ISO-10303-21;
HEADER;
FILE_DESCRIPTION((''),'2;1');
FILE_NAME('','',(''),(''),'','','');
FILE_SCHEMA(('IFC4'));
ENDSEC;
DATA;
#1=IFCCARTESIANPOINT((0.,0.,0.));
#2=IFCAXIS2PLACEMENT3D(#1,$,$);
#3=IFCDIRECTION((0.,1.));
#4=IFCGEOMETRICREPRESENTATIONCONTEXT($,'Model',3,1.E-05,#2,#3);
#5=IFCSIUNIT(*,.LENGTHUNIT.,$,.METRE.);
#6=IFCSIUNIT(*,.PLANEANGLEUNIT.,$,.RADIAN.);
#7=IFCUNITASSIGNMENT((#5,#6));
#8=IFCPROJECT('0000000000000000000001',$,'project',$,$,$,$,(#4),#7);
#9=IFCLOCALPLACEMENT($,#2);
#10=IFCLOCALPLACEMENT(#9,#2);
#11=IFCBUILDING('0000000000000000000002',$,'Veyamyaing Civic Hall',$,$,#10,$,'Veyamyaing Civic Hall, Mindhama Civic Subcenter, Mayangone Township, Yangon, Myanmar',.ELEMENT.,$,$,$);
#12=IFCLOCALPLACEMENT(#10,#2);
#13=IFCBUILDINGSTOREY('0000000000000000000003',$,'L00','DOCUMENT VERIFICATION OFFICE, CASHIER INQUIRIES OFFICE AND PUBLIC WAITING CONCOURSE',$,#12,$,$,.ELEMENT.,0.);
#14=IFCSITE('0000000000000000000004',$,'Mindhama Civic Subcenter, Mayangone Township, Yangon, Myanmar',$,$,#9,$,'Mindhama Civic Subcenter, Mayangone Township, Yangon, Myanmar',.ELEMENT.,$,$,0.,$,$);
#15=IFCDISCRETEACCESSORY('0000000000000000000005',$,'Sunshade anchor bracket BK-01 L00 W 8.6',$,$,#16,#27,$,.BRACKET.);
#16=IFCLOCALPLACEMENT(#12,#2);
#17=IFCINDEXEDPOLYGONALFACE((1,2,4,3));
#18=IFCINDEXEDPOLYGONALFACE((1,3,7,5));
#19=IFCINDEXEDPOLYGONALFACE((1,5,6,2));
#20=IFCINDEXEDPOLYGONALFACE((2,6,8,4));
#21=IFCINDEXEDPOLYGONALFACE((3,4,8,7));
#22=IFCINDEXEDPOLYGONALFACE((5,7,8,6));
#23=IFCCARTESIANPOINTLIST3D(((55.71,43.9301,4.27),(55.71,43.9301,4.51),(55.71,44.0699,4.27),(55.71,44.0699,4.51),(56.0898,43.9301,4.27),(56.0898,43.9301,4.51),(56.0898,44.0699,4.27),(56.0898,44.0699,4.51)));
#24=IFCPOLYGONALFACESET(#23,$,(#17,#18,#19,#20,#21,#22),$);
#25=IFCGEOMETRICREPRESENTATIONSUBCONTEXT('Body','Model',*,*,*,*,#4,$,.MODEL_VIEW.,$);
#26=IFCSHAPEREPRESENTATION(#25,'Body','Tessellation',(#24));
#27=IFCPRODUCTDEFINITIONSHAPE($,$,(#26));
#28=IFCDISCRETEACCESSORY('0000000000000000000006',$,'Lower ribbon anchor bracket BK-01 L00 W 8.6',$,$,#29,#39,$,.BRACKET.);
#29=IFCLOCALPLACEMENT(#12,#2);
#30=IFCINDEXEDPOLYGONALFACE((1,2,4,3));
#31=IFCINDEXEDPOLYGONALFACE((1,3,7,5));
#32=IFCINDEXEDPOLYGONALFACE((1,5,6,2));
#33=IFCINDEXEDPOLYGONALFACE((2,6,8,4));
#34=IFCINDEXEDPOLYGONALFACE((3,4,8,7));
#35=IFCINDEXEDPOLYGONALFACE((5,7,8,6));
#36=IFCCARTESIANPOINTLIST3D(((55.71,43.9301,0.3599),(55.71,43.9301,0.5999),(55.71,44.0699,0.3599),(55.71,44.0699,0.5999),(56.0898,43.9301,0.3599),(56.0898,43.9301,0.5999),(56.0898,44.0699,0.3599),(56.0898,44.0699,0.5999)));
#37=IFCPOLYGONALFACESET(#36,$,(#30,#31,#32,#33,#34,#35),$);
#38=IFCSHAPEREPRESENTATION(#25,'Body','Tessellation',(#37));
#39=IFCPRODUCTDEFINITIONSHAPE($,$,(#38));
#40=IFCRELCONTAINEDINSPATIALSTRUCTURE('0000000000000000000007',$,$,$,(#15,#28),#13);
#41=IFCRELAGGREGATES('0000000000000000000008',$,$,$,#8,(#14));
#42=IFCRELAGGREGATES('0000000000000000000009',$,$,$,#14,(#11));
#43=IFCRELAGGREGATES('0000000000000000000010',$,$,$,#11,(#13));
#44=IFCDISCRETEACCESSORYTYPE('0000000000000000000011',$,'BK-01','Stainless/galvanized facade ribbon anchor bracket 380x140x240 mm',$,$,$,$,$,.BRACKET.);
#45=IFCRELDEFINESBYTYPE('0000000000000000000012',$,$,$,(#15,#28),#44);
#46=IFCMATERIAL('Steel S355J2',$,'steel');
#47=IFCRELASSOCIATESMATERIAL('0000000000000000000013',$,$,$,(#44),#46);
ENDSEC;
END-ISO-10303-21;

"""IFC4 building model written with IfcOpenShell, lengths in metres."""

from ifc_helpers import new_model, si_unit, direction, frame, origin, origin_2d, place, context, subcontext, project, spatial, rectangle, extrude, material, type_object, element, save


model = new_model("IFC4")

# Units and contexts
model_context = context("Model", 3, precision=1e-05, world=origin(), true_north=direction((0.0, 1.0)))
body_context = subcontext(model_context, "Body", "Model", "MODEL_VIEW")
ifc_project = project(units=[si_unit("LENGTHUNIT", "METRE"), si_unit("PLANEANGLEUNIT", "RADIAN")], contexts=[model_context])

# Site, building, storey
site_placement = place(None, origin())
site = spatial("IfcSite", under=ifc_project, at=site_placement, Name="Mindhama Civic Subcenter, Mayangone Township, Yangon, Myanmar", LongName="Mindhama Civic Subcenter, Mayangone Township, Yangon, Myanmar", CompositionType="ELEMENT", RefElevation=0.0)
building_placement = place(site_placement, origin())
building = spatial("IfcBuilding", under=site, at=building_placement, Name="Veyamyaing Civic Hall", LongName="Veyamyaing Civic Hall, Mindhama Civic Subcenter, Mayangone Township, Yangon, Myanmar", CompositionType="ELEMENT")
storey_placement = place(building_placement, origin())
storey = spatial("IfcBuildingStorey", under=building, at=storey_placement, Name="L00", Description="DOCUMENT VERIFICATION OFFICE, CASHIER INQUIRIES OFFICE AND PUBLIC WAITING CONCOURSE", CompositionType="ELEMENT", Elevation=0.0)

# Discrete accessories
ifc_material_1 = material(Name="Steel S355J2", Category="steel")
discrete_accessory_type = type_object("IfcDiscreteAccessoryType", Name="BK-01", Description="Stainless/galvanized facade ribbon anchor bracket 380x140x240 mm", PredefinedType="BRACKET", material=ifc_material_1)
for number, where, z_axis, x_axis, name in (
    (1, (55.8999, 44.0, 4.27), (0.0, 0.0, 1.0), (-1.0, 0.0, 0.0), "Sunshade anchor bracket BK-01 L00 W 8.6"),
    (2, (55.8999, 44.0, 0.3599), (0.0, 0.0, 1.0), (-1.0, 0.0, 0.0), "Lower ribbon anchor bracket BK-01 L00 W 8.6"),
):
    element("IfcDiscreteAccessory", number, at=place(storey_placement, frame(where, z_axis=z_axis, x_axis=x_axis)), inside=storey, type_object=discrete_accessory_type, Name=name, PredefinedType="BRACKET", context=body_context, shape_type="SweptSolid", body=[
        extrude(rectangle(XDim=0.3799, YDim=0.1399, at=origin_2d()), origin(), (0.0, 0.0, 1.0), 0.24),
    ])

save(model, "model.ifc")
